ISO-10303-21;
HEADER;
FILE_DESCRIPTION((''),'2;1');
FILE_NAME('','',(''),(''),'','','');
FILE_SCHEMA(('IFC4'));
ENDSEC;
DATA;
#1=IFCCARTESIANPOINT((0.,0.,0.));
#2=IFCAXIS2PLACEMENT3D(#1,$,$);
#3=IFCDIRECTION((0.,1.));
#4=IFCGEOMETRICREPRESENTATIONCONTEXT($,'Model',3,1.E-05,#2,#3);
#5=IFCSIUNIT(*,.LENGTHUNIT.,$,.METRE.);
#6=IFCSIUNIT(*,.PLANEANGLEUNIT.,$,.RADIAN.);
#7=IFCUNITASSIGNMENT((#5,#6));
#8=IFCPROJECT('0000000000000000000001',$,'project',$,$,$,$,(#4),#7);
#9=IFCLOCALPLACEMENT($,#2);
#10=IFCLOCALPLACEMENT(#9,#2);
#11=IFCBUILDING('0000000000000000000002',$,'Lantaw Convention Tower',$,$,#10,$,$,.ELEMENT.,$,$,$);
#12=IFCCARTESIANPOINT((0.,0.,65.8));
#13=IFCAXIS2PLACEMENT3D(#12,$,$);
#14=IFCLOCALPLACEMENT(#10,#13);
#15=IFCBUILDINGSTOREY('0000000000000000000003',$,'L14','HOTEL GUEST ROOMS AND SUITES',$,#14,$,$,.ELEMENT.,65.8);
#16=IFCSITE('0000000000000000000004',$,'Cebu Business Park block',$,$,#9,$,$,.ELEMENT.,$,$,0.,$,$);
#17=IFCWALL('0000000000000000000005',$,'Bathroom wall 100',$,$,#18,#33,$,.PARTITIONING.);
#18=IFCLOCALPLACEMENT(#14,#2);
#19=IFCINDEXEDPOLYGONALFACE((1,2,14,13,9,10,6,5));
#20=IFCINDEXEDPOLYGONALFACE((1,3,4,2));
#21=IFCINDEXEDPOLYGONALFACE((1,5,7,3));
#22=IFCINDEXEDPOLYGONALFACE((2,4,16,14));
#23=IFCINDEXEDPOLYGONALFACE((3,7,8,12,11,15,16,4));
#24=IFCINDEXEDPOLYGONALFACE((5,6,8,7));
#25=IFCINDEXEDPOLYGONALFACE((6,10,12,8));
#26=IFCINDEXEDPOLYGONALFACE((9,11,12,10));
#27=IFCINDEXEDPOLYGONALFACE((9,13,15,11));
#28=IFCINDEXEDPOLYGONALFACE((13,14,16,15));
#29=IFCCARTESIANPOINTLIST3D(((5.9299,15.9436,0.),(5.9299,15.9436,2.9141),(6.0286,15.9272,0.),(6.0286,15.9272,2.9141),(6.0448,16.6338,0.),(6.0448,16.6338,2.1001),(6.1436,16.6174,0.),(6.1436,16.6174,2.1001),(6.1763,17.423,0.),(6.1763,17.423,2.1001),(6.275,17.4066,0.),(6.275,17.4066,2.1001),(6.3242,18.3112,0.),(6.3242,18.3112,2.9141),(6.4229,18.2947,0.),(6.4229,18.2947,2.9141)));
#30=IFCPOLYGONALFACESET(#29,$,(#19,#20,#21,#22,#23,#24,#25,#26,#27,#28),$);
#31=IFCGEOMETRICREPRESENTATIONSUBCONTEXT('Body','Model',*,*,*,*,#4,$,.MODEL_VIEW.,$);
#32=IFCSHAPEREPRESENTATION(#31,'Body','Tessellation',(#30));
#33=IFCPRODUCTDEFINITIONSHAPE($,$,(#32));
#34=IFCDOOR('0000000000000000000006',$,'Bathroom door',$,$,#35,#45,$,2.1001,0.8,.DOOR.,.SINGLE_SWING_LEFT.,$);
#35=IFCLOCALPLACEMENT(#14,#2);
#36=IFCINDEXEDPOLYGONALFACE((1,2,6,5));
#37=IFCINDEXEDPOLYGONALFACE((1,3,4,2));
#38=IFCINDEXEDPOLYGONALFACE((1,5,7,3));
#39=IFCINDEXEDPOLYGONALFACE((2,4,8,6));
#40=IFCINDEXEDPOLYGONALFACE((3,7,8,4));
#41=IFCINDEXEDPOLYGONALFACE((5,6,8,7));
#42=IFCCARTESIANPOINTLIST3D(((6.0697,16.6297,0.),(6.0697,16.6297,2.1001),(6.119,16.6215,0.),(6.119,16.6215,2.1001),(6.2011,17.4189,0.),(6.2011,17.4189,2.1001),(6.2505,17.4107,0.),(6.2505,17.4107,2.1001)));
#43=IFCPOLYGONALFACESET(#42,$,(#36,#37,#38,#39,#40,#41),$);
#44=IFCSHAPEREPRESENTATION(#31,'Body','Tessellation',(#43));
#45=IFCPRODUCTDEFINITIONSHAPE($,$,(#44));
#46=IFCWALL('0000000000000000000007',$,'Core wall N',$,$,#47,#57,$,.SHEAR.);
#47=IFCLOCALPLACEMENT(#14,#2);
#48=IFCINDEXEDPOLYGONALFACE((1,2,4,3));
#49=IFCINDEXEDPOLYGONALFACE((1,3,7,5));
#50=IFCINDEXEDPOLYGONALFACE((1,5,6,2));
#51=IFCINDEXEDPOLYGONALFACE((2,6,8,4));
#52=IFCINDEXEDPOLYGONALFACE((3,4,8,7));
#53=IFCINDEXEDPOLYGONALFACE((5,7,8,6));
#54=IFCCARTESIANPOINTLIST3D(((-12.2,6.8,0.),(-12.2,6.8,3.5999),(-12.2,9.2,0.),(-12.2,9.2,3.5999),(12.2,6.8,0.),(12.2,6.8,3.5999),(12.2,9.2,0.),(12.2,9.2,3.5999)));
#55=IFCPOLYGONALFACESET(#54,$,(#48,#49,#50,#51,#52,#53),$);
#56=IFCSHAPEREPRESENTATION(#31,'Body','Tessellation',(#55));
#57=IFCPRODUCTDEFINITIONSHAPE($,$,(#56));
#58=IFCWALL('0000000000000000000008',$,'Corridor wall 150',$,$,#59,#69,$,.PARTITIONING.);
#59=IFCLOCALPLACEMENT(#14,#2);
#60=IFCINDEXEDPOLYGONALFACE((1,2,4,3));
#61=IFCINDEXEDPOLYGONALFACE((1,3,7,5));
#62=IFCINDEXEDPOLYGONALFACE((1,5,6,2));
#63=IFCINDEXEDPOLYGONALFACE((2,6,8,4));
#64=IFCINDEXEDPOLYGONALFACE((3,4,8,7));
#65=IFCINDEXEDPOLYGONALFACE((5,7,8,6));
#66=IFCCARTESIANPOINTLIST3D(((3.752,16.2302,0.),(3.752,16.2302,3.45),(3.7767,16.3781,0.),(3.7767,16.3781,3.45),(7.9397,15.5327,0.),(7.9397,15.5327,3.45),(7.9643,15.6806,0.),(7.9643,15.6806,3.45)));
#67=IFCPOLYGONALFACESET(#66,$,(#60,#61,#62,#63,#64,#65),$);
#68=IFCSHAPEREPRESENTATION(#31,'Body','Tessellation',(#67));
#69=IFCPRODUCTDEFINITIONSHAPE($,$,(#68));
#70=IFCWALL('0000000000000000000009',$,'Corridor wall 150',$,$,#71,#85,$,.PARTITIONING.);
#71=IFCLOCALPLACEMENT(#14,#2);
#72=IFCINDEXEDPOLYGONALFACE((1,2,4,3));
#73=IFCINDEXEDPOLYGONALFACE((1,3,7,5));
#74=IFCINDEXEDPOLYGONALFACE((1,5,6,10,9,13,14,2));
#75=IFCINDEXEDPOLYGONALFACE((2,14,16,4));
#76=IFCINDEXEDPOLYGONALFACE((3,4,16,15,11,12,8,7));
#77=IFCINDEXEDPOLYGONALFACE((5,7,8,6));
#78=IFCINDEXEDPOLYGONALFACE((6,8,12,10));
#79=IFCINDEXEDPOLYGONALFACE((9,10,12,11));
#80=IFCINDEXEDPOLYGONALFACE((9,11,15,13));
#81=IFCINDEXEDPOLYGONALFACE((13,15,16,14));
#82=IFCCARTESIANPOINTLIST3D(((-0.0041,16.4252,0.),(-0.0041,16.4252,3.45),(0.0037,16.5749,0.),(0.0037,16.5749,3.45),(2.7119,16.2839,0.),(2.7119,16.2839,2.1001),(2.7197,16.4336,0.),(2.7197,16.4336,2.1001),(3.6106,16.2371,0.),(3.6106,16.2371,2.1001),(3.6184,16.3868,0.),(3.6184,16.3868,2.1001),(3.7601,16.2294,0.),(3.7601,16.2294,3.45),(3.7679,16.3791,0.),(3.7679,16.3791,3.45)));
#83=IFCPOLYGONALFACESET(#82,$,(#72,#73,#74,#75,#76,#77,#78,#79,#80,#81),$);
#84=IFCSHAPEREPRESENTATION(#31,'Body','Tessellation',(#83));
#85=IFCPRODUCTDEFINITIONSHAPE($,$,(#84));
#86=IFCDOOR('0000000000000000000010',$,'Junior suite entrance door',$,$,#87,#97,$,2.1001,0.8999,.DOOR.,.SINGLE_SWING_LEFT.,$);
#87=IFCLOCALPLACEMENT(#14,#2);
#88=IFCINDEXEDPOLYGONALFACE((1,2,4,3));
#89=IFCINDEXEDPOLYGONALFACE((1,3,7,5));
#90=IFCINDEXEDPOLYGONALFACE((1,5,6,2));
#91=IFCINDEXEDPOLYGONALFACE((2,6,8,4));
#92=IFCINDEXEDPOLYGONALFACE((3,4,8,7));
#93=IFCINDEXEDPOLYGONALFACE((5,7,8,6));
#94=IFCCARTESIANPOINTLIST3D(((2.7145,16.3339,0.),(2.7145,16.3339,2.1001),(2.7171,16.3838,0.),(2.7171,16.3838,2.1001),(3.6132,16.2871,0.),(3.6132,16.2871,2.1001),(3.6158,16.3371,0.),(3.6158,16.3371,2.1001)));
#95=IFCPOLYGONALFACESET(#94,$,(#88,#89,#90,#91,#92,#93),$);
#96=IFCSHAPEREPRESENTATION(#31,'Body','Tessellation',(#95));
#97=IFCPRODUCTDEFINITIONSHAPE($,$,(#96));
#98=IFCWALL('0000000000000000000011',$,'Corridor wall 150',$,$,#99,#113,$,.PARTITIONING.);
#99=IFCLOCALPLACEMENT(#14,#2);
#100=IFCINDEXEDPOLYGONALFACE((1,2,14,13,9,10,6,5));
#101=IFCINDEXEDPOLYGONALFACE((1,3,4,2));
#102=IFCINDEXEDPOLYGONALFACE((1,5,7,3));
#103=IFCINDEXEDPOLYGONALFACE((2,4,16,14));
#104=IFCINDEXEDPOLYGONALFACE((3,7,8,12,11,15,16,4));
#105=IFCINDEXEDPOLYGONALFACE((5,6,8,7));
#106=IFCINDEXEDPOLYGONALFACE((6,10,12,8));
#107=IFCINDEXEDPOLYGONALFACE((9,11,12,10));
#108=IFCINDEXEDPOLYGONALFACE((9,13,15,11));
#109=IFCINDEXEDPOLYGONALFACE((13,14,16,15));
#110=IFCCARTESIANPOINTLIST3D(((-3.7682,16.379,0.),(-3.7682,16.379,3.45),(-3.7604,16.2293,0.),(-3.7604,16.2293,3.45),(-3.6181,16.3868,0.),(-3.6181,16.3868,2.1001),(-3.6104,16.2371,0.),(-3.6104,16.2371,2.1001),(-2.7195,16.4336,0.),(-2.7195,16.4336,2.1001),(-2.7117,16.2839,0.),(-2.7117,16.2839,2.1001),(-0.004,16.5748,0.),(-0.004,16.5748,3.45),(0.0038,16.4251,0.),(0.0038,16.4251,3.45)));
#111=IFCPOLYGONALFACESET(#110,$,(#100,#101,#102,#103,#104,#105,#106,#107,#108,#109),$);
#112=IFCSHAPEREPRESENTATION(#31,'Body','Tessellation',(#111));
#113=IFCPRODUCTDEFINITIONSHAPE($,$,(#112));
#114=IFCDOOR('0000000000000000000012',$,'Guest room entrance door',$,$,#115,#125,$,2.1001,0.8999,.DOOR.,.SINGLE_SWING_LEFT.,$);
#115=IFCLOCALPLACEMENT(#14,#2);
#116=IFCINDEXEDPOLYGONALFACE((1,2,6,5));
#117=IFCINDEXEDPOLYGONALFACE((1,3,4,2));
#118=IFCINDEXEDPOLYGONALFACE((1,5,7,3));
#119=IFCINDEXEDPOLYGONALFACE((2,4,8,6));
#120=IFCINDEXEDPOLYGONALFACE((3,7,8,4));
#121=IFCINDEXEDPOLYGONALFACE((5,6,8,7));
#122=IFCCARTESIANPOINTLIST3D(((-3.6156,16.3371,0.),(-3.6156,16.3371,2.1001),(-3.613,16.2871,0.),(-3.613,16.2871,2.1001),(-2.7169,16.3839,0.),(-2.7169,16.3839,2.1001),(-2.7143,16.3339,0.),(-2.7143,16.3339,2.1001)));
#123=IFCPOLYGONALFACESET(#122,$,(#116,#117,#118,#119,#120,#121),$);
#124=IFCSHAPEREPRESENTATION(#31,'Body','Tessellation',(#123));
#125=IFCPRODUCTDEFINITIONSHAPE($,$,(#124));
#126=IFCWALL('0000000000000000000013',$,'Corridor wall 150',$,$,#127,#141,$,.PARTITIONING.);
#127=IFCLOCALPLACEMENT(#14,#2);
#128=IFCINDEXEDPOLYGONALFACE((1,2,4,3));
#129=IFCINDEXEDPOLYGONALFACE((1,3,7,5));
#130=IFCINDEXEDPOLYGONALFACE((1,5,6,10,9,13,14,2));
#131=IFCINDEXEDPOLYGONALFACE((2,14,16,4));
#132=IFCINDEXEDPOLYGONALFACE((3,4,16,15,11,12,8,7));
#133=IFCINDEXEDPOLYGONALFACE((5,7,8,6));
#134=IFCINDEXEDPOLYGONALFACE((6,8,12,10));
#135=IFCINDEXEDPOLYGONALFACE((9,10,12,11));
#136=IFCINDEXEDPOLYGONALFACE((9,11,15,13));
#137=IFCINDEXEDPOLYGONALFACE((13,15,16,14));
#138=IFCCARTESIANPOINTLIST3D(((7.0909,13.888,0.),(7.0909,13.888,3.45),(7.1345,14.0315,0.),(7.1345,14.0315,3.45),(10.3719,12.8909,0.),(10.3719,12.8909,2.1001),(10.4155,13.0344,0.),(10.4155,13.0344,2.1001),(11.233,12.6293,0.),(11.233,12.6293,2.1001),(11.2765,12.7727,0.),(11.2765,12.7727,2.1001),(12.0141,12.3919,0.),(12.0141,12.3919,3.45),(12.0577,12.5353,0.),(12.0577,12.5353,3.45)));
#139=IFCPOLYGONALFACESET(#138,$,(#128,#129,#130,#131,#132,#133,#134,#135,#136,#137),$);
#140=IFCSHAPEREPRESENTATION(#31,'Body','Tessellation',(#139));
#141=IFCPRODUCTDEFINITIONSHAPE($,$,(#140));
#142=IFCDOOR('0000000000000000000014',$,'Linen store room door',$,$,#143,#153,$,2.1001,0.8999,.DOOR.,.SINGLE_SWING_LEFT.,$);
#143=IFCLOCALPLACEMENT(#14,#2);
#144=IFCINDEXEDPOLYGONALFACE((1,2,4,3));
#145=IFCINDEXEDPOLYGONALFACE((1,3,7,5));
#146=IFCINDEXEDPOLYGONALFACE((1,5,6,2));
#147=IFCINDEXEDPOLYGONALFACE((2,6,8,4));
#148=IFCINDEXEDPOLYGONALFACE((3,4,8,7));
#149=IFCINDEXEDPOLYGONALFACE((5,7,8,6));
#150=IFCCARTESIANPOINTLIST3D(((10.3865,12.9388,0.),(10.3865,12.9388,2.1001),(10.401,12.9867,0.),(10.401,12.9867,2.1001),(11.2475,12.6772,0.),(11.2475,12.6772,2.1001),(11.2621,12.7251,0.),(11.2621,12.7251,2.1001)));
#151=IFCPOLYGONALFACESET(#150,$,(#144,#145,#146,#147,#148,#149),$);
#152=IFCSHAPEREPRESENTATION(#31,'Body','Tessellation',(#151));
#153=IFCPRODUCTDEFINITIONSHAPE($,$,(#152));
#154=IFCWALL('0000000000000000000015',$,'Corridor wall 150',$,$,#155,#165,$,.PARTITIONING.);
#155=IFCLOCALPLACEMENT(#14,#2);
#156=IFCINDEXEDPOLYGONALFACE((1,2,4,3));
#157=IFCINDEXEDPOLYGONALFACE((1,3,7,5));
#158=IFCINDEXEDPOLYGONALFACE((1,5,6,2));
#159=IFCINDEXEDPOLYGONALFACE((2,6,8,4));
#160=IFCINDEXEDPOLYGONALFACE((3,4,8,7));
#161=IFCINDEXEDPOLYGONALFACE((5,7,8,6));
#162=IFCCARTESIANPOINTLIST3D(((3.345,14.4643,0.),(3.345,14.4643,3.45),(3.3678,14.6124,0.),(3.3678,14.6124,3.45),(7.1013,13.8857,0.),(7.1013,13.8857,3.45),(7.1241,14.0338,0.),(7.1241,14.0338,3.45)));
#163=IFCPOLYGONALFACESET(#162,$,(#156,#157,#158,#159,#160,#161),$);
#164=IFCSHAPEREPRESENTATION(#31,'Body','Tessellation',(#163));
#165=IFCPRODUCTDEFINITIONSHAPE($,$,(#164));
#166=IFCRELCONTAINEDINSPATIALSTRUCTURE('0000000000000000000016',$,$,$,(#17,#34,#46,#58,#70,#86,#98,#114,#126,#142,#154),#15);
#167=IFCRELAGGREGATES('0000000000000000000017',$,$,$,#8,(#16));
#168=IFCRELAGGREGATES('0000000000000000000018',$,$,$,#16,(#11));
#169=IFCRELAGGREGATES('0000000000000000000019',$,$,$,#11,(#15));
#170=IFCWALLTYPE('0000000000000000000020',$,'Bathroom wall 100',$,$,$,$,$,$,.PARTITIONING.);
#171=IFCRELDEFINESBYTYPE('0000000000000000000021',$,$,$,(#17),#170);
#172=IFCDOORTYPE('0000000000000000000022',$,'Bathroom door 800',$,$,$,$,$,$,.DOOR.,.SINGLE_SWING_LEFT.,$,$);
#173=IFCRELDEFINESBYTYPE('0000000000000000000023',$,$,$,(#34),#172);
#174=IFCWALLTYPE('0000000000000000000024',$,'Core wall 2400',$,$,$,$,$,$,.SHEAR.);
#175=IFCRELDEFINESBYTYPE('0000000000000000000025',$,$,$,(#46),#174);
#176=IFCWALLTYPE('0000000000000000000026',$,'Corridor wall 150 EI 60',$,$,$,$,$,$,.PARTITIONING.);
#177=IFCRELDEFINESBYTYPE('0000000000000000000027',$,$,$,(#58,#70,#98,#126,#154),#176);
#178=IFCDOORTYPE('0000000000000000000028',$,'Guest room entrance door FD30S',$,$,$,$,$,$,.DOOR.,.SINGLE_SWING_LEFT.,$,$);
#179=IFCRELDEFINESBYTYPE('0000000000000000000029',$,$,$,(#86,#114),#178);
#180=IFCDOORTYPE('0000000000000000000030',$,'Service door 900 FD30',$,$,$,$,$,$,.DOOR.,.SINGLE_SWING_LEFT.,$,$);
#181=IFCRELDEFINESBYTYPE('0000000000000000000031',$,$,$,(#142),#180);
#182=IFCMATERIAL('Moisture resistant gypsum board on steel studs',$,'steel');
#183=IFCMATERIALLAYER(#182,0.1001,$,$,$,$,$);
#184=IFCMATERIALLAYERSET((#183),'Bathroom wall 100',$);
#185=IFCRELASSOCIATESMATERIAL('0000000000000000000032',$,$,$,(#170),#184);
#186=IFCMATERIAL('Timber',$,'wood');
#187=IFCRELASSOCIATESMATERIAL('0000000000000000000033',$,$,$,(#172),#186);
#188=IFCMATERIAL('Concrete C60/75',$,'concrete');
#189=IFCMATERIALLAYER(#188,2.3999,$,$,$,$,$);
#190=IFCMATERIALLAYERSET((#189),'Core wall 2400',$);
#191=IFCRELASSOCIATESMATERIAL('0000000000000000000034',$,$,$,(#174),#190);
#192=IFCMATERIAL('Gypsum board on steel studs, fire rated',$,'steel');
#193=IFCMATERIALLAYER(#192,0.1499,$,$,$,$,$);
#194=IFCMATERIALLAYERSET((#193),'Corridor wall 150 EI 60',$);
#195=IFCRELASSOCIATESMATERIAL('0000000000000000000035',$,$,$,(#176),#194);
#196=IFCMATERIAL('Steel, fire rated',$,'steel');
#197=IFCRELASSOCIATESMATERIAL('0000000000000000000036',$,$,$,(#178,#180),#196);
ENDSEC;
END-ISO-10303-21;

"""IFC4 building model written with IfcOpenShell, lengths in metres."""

from ifc_helpers import new_model, si_unit, direction, frame, frame_2d, origin, place, context, subcontext, project, spatial, rectangle, extrude, material, layer, layer_set, type_object, element, fill, save


model = new_model("IFC4")

# Units and contexts
model_context = context("Model", 3, precision=1e-05, world=origin(), true_north=direction((0.0, 1.0)))
body_context = subcontext(model_context, "Body", "Model", "MODEL_VIEW")
ifc_project = project(units=[si_unit("LENGTHUNIT", "METRE"), si_unit("PLANEANGLEUNIT", "RADIAN")], contexts=[model_context])

# Site, building, storey
site_placement = place(None, origin())
site = spatial("IfcSite", under=ifc_project, at=site_placement, Name="Cebu Business Park block", CompositionType="ELEMENT", RefElevation=0.0)
building_placement = place(site_placement, origin())
building = spatial("IfcBuilding", under=site, at=building_placement, Name="Lantaw Convention Tower", CompositionType="ELEMENT")
storey_placement = place(building_placement, frame((0.0, 0.0, 65.8)))
storey = spatial("IfcBuildingStorey", under=building, at=storey_placement, Name="L14", Description="HOTEL GUEST ROOMS AND SUITES", CompositionType="ELEMENT", Elevation=65.8)

# Wall, opening, door
ifc_material_1 = material(Name="Moisture resistant gypsum board on steel studs", Category="steel")
ifc_layer_1 = layer(ifc_material_1, 0.1001)
ifc_layer_set_1 = layer_set([ifc_layer_1], Name="Bathroom wall 100")
wall_type_1 = type_object("IfcWallType", Name="Bathroom wall 100", PredefinedType="PARTITIONING", material=ifc_layer_set_1)
wall_1_placement = place(storey_placement, frame((5.9792, 15.9353, 0.0), z_axis=(0.0, 0.0, 1.0), x_axis=(0.164284, 0.986413, 0.0)))
wall_1 = element("IfcWall", 1, at=wall_1_placement, inside=storey, type_object=wall_type_1, Name="Bathroom wall 100", PredefinedType="PARTITIONING", context=body_context, shape_type="SweptSolid", body=[
    extrude(rectangle(XDim=2.4001, YDim=0.1001, at=frame_2d((1.2002, 0.0))), origin(), (0.0, 0.0, 1.0), 2.9141),
])
opening_1_placement = place(wall_1_placement, frame((0.7, 0.0, 0.0)))
opening_1 = element("IfcOpeningElement", 2, at=opening_1_placement, cuts=wall_1, PredefinedType="OPENING", context=body_context, shape_type="SweptSolid", body=[
    extrude(rectangle(XDim=0.8, YDim=2.1001, at=frame_2d((0.3999, 1.05))), frame((0.0, 0.0601, 0.0), z_axis=(0.0, -1.0, 0.0), x_axis=(1.0, 0.0, 0.0)), (0.0, 0.0, 1.0), 0.1201),
])
ifc_material_2 = material(Name="Timber", Category="wood")
door_type_1 = type_object("IfcDoorType", Name="Bathroom door 800", OperationType="SINGLE_SWING_LEFT", PredefinedType="DOOR", material=ifc_material_2)
door_1_placement = place(opening_1_placement, origin())
door_1 = element("IfcDoor", 3, at=door_1_placement, inside=storey, type_object=door_type_1, Name="Bathroom door", OperationType="SINGLE_SWING_LEFT", OverallHeight=2.1001, OverallWidth=0.8, PredefinedType="DOOR", context=body_context, shape_type="SweptSolid", body=[
    extrude(rectangle(XDim=0.8, YDim=2.1001, at=frame_2d((0.3999, 1.05))), frame((0.0, 0.0249, 0.0), z_axis=(0.0, -1.0, 0.0), x_axis=(1.0, 0.0, 0.0)), (0.0, 0.0, 1.0), 0.05),
])
fill(opening_1, door_1)

# Walls
ifc_material_3 = material(Name="Concrete C60/75", Category="concrete")
ifc_layer_2 = layer(ifc_material_3, 2.3999)
ifc_layer_set_2 = layer_set([ifc_layer_2], Name="Core wall 2400")
wall_type_2 = type_object("IfcWallType", Name="Core wall 2400", PredefinedType="SHEAR", material=ifc_layer_set_2)
wall_2_placement = place(storey_placement, frame((12.2, 8.0, 0.0), z_axis=(0.0, 0.0, 1.0), x_axis=(-1.0, 0.0, 0.0)))
element("IfcWall", 4, at=wall_2_placement, inside=storey, type_object=wall_type_2, Name="Core wall N", PredefinedType="SHEAR", context=body_context, shape_type="SweptSolid", body=[
    extrude(rectangle(XDim=24.3999, YDim=2.3999, at=frame_2d((12.2, 0.0))), origin(), (0.0, 0.0, 1.0), 3.5999),
])
ifc_material_4 = material(Name="Gypsum board on steel studs, fire rated", Category="steel")
ifc_layer_3 = layer(ifc_material_4, 0.1499)
ifc_layer_set_3 = layer_set([ifc_layer_3], Name="Corridor wall 150 EI 60")
wall_type_3 = type_object("IfcWallType", Name="Corridor wall 150 EI 60", PredefinedType="PARTITIONING", material=ifc_layer_set_3)
wall_3_placement = place(storey_placement, frame((7.9519, 15.6067, 0.0), z_axis=(0.0, 0.0, 1.0), x_axis=(-0.986411, 0.164296, 0.0)))
element("IfcWall", 5, at=wall_3_placement, inside=storey, type_object=wall_type_3, Name="Corridor wall 150", PredefinedType="PARTITIONING", context=body_context, shape_type="SweptSolid", body=[
    extrude(rectangle(XDim=4.2454, YDim=0.1499, at=frame_2d((2.1226, 0.0))), origin(), (0.0, 0.0, 1.0), 3.45),
])

# Walls, openings, doors
wall_4_placement = place(storey_placement, frame((3.7642, 16.3042, 0.0), z_axis=(0.0, 0.0, 1.0), x_axis=(-0.99865, 0.051947, 0.0)))
wall_4 = element("IfcWall", 6, at=wall_4_placement, inside=storey, type_object=wall_type_3, Name="Corridor wall 150", PredefinedType="PARTITIONING", context=body_context, shape_type="SweptSolid", body=[
    extrude(rectangle(XDim=3.7693, YDim=0.1499, at=frame_2d((1.8848, 0.0))), origin(), (0.0, 0.0, 1.0), 3.45),
])
opening_2_placement = place(wall_4_placement, frame((0.1499, 0.0, 0.0)))
opening_2 = element("IfcOpeningElement", 7, at=opening_2_placement, cuts=wall_4, PredefinedType="OPENING", context=body_context, shape_type="SweptSolid", body=[
    extrude(rectangle(XDim=0.8999, YDim=2.1001, at=frame_2d((0.45, 1.05))), frame((0.0, 0.085, 0.0), z_axis=(0.0, -1.0, 0.0), x_axis=(1.0, 0.0, 0.0)), (0.0, 0.0, 1.0), 0.1699),
])
ifc_material_5 = material(Name="Steel, fire rated", Category="steel")
door_type_2 = type_object("IfcDoorType", Name="Guest room entrance door FD30S", OperationType="SINGLE_SWING_LEFT", PredefinedType="DOOR", material=ifc_material_5)
door_2_placement = place(opening_2_placement, origin())
door_2 = element("IfcDoor", 8, at=door_2_placement, inside=storey, type_object=door_type_2, Name="Junior suite entrance door", OperationType="SINGLE_SWING_LEFT", OverallHeight=2.1001, OverallWidth=0.8999, PredefinedType="DOOR", context=body_context, shape_type="SweptSolid", body=[
    extrude(rectangle(XDim=0.8999, YDim=2.1001, at=frame_2d((0.45, 1.05))), frame((0.0, 0.0249, 0.0), z_axis=(0.0, -1.0, 0.0), x_axis=(1.0, 0.0, 0.0)), (0.0, 0.0, 1.0), 0.05),
])
fill(opening_2, door_2)
wall_5_placement = place(storey_placement, frame((0.0, 16.5, 0.0), z_axis=(0.0, 0.0, 1.0), x_axis=(-0.99865, -0.051947, 0.0)))
wall_5 = element("IfcWall", 9, at=wall_5_placement, inside=storey, type_object=wall_type_3, Name="Corridor wall 150", PredefinedType="PARTITIONING", context=body_context, shape_type="SweptSolid", body=[
    extrude(rectangle(XDim=3.7693, YDim=0.1499, at=frame_2d((1.8848, 0.0))), origin(), (0.0, 0.0, 1.0), 3.45),
])
opening_3_placement = place(wall_5_placement, frame((2.7192, 0.0, 0.0)))
opening_3 = element("IfcOpeningElement", 10, at=opening_3_placement, cuts=wall_5, PredefinedType="OPENING", context=body_context, shape_type="SweptSolid", body=[
    extrude(rectangle(XDim=0.8999, YDim=2.1001, at=frame_2d((0.45, 1.05))), frame((0.0, 0.085, 0.0), z_axis=(0.0, -1.0, 0.0), x_axis=(1.0, 0.0, 0.0)), (0.0, 0.0, 1.0), 0.1699),
])
door_3_placement = place(opening_3_placement, origin())
door_3 = element("IfcDoor", 11, at=door_3_placement, inside=storey, type_object=door_type_2, Name="Guest room entrance door", OperationType="SINGLE_SWING_LEFT", OverallHeight=2.1001, OverallWidth=0.8999, PredefinedType="DOOR", context=body_context, shape_type="SweptSolid", body=[
    extrude(rectangle(XDim=0.8999, YDim=2.1001, at=frame_2d((0.45, 1.05))), frame((0.0, 0.0249, 0.0), z_axis=(0.0, -1.0, 0.0), x_axis=(1.0, 0.0, 0.0)), (0.0, 0.0, 1.0), 0.05),
])
fill(opening_3, door_3)
wall_6_placement = place(storey_placement, frame((12.0359, 12.4636, 0.0), z_axis=(0.0, 0.0, 1.0), x_axis=(-0.956795, 0.290763, 0.0)))
wall_6 = element("IfcWall", 12, at=wall_6_placement, inside=storey, type_object=wall_type_3, Name="Corridor wall 150", PredefinedType="PARTITIONING", context=body_context, shape_type="SweptSolid", body=[
    extrude(rectangle(XDim=5.1455, YDim=0.1499, at=frame_2d((2.5728, 0.0))), origin(), (0.0, 0.0, 1.0), 3.45),
])
opening_4_placement = place(wall_6_placement, frame((0.8164, 0.0, 0.0)))
opening_4 = element("IfcOpeningElement", 13, at=opening_4_placement, cuts=wall_6, PredefinedType="OPENING", context=body_context, shape_type="SweptSolid", body=[
    extrude(rectangle(XDim=0.8999, YDim=2.1001, at=frame_2d((0.45, 1.05))), frame((0.0, 0.085, 0.0), z_axis=(0.0, -1.0, 0.0), x_axis=(1.0, 0.0, 0.0)), (0.0, 0.0, 1.0), 0.1699),
])
door_type_3 = type_object("IfcDoorType", Name="Service door 900 FD30", OperationType="SINGLE_SWING_LEFT", PredefinedType="DOOR", material=ifc_material_5)
door_4_placement = place(opening_4_placement, origin())
door_4 = element("IfcDoor", 14, at=door_4_placement, inside=storey, type_object=door_type_3, Name="Linen store room door", OperationType="SINGLE_SWING_LEFT", OverallHeight=2.1001, OverallWidth=0.8999, PredefinedType="DOOR", context=body_context, shape_type="SweptSolid", body=[
    extrude(rectangle(XDim=0.8999, YDim=2.1001, at=frame_2d((0.45, 1.05))), frame((0.0, 0.0249, 0.0), z_axis=(0.0, -1.0, 0.0), x_axis=(1.0, 0.0, 0.0)), (0.0, 0.0, 1.0), 0.05),
])
fill(opening_4, door_4)

# Wall
wall_7_placement = place(storey_placement, frame((7.1128, 13.9597, 0.0), z_axis=(0.0, 0.0, 1.0), x_axis=(-0.988343, 0.152241, 0.0)))
element("IfcWall", 15, at=wall_7_placement, inside=storey, type_object=wall_type_3, Name="Corridor wall 150", PredefinedType="PARTITIONING", context=body_context, shape_type="SweptSolid", body=[
    extrude(rectangle(XDim=3.8005, YDim=0.1499, at=frame_2d((1.9004, 0.0))), origin(), (0.0, 0.0, 1.0), 3.45),
])

save(model, "model.ifc")
